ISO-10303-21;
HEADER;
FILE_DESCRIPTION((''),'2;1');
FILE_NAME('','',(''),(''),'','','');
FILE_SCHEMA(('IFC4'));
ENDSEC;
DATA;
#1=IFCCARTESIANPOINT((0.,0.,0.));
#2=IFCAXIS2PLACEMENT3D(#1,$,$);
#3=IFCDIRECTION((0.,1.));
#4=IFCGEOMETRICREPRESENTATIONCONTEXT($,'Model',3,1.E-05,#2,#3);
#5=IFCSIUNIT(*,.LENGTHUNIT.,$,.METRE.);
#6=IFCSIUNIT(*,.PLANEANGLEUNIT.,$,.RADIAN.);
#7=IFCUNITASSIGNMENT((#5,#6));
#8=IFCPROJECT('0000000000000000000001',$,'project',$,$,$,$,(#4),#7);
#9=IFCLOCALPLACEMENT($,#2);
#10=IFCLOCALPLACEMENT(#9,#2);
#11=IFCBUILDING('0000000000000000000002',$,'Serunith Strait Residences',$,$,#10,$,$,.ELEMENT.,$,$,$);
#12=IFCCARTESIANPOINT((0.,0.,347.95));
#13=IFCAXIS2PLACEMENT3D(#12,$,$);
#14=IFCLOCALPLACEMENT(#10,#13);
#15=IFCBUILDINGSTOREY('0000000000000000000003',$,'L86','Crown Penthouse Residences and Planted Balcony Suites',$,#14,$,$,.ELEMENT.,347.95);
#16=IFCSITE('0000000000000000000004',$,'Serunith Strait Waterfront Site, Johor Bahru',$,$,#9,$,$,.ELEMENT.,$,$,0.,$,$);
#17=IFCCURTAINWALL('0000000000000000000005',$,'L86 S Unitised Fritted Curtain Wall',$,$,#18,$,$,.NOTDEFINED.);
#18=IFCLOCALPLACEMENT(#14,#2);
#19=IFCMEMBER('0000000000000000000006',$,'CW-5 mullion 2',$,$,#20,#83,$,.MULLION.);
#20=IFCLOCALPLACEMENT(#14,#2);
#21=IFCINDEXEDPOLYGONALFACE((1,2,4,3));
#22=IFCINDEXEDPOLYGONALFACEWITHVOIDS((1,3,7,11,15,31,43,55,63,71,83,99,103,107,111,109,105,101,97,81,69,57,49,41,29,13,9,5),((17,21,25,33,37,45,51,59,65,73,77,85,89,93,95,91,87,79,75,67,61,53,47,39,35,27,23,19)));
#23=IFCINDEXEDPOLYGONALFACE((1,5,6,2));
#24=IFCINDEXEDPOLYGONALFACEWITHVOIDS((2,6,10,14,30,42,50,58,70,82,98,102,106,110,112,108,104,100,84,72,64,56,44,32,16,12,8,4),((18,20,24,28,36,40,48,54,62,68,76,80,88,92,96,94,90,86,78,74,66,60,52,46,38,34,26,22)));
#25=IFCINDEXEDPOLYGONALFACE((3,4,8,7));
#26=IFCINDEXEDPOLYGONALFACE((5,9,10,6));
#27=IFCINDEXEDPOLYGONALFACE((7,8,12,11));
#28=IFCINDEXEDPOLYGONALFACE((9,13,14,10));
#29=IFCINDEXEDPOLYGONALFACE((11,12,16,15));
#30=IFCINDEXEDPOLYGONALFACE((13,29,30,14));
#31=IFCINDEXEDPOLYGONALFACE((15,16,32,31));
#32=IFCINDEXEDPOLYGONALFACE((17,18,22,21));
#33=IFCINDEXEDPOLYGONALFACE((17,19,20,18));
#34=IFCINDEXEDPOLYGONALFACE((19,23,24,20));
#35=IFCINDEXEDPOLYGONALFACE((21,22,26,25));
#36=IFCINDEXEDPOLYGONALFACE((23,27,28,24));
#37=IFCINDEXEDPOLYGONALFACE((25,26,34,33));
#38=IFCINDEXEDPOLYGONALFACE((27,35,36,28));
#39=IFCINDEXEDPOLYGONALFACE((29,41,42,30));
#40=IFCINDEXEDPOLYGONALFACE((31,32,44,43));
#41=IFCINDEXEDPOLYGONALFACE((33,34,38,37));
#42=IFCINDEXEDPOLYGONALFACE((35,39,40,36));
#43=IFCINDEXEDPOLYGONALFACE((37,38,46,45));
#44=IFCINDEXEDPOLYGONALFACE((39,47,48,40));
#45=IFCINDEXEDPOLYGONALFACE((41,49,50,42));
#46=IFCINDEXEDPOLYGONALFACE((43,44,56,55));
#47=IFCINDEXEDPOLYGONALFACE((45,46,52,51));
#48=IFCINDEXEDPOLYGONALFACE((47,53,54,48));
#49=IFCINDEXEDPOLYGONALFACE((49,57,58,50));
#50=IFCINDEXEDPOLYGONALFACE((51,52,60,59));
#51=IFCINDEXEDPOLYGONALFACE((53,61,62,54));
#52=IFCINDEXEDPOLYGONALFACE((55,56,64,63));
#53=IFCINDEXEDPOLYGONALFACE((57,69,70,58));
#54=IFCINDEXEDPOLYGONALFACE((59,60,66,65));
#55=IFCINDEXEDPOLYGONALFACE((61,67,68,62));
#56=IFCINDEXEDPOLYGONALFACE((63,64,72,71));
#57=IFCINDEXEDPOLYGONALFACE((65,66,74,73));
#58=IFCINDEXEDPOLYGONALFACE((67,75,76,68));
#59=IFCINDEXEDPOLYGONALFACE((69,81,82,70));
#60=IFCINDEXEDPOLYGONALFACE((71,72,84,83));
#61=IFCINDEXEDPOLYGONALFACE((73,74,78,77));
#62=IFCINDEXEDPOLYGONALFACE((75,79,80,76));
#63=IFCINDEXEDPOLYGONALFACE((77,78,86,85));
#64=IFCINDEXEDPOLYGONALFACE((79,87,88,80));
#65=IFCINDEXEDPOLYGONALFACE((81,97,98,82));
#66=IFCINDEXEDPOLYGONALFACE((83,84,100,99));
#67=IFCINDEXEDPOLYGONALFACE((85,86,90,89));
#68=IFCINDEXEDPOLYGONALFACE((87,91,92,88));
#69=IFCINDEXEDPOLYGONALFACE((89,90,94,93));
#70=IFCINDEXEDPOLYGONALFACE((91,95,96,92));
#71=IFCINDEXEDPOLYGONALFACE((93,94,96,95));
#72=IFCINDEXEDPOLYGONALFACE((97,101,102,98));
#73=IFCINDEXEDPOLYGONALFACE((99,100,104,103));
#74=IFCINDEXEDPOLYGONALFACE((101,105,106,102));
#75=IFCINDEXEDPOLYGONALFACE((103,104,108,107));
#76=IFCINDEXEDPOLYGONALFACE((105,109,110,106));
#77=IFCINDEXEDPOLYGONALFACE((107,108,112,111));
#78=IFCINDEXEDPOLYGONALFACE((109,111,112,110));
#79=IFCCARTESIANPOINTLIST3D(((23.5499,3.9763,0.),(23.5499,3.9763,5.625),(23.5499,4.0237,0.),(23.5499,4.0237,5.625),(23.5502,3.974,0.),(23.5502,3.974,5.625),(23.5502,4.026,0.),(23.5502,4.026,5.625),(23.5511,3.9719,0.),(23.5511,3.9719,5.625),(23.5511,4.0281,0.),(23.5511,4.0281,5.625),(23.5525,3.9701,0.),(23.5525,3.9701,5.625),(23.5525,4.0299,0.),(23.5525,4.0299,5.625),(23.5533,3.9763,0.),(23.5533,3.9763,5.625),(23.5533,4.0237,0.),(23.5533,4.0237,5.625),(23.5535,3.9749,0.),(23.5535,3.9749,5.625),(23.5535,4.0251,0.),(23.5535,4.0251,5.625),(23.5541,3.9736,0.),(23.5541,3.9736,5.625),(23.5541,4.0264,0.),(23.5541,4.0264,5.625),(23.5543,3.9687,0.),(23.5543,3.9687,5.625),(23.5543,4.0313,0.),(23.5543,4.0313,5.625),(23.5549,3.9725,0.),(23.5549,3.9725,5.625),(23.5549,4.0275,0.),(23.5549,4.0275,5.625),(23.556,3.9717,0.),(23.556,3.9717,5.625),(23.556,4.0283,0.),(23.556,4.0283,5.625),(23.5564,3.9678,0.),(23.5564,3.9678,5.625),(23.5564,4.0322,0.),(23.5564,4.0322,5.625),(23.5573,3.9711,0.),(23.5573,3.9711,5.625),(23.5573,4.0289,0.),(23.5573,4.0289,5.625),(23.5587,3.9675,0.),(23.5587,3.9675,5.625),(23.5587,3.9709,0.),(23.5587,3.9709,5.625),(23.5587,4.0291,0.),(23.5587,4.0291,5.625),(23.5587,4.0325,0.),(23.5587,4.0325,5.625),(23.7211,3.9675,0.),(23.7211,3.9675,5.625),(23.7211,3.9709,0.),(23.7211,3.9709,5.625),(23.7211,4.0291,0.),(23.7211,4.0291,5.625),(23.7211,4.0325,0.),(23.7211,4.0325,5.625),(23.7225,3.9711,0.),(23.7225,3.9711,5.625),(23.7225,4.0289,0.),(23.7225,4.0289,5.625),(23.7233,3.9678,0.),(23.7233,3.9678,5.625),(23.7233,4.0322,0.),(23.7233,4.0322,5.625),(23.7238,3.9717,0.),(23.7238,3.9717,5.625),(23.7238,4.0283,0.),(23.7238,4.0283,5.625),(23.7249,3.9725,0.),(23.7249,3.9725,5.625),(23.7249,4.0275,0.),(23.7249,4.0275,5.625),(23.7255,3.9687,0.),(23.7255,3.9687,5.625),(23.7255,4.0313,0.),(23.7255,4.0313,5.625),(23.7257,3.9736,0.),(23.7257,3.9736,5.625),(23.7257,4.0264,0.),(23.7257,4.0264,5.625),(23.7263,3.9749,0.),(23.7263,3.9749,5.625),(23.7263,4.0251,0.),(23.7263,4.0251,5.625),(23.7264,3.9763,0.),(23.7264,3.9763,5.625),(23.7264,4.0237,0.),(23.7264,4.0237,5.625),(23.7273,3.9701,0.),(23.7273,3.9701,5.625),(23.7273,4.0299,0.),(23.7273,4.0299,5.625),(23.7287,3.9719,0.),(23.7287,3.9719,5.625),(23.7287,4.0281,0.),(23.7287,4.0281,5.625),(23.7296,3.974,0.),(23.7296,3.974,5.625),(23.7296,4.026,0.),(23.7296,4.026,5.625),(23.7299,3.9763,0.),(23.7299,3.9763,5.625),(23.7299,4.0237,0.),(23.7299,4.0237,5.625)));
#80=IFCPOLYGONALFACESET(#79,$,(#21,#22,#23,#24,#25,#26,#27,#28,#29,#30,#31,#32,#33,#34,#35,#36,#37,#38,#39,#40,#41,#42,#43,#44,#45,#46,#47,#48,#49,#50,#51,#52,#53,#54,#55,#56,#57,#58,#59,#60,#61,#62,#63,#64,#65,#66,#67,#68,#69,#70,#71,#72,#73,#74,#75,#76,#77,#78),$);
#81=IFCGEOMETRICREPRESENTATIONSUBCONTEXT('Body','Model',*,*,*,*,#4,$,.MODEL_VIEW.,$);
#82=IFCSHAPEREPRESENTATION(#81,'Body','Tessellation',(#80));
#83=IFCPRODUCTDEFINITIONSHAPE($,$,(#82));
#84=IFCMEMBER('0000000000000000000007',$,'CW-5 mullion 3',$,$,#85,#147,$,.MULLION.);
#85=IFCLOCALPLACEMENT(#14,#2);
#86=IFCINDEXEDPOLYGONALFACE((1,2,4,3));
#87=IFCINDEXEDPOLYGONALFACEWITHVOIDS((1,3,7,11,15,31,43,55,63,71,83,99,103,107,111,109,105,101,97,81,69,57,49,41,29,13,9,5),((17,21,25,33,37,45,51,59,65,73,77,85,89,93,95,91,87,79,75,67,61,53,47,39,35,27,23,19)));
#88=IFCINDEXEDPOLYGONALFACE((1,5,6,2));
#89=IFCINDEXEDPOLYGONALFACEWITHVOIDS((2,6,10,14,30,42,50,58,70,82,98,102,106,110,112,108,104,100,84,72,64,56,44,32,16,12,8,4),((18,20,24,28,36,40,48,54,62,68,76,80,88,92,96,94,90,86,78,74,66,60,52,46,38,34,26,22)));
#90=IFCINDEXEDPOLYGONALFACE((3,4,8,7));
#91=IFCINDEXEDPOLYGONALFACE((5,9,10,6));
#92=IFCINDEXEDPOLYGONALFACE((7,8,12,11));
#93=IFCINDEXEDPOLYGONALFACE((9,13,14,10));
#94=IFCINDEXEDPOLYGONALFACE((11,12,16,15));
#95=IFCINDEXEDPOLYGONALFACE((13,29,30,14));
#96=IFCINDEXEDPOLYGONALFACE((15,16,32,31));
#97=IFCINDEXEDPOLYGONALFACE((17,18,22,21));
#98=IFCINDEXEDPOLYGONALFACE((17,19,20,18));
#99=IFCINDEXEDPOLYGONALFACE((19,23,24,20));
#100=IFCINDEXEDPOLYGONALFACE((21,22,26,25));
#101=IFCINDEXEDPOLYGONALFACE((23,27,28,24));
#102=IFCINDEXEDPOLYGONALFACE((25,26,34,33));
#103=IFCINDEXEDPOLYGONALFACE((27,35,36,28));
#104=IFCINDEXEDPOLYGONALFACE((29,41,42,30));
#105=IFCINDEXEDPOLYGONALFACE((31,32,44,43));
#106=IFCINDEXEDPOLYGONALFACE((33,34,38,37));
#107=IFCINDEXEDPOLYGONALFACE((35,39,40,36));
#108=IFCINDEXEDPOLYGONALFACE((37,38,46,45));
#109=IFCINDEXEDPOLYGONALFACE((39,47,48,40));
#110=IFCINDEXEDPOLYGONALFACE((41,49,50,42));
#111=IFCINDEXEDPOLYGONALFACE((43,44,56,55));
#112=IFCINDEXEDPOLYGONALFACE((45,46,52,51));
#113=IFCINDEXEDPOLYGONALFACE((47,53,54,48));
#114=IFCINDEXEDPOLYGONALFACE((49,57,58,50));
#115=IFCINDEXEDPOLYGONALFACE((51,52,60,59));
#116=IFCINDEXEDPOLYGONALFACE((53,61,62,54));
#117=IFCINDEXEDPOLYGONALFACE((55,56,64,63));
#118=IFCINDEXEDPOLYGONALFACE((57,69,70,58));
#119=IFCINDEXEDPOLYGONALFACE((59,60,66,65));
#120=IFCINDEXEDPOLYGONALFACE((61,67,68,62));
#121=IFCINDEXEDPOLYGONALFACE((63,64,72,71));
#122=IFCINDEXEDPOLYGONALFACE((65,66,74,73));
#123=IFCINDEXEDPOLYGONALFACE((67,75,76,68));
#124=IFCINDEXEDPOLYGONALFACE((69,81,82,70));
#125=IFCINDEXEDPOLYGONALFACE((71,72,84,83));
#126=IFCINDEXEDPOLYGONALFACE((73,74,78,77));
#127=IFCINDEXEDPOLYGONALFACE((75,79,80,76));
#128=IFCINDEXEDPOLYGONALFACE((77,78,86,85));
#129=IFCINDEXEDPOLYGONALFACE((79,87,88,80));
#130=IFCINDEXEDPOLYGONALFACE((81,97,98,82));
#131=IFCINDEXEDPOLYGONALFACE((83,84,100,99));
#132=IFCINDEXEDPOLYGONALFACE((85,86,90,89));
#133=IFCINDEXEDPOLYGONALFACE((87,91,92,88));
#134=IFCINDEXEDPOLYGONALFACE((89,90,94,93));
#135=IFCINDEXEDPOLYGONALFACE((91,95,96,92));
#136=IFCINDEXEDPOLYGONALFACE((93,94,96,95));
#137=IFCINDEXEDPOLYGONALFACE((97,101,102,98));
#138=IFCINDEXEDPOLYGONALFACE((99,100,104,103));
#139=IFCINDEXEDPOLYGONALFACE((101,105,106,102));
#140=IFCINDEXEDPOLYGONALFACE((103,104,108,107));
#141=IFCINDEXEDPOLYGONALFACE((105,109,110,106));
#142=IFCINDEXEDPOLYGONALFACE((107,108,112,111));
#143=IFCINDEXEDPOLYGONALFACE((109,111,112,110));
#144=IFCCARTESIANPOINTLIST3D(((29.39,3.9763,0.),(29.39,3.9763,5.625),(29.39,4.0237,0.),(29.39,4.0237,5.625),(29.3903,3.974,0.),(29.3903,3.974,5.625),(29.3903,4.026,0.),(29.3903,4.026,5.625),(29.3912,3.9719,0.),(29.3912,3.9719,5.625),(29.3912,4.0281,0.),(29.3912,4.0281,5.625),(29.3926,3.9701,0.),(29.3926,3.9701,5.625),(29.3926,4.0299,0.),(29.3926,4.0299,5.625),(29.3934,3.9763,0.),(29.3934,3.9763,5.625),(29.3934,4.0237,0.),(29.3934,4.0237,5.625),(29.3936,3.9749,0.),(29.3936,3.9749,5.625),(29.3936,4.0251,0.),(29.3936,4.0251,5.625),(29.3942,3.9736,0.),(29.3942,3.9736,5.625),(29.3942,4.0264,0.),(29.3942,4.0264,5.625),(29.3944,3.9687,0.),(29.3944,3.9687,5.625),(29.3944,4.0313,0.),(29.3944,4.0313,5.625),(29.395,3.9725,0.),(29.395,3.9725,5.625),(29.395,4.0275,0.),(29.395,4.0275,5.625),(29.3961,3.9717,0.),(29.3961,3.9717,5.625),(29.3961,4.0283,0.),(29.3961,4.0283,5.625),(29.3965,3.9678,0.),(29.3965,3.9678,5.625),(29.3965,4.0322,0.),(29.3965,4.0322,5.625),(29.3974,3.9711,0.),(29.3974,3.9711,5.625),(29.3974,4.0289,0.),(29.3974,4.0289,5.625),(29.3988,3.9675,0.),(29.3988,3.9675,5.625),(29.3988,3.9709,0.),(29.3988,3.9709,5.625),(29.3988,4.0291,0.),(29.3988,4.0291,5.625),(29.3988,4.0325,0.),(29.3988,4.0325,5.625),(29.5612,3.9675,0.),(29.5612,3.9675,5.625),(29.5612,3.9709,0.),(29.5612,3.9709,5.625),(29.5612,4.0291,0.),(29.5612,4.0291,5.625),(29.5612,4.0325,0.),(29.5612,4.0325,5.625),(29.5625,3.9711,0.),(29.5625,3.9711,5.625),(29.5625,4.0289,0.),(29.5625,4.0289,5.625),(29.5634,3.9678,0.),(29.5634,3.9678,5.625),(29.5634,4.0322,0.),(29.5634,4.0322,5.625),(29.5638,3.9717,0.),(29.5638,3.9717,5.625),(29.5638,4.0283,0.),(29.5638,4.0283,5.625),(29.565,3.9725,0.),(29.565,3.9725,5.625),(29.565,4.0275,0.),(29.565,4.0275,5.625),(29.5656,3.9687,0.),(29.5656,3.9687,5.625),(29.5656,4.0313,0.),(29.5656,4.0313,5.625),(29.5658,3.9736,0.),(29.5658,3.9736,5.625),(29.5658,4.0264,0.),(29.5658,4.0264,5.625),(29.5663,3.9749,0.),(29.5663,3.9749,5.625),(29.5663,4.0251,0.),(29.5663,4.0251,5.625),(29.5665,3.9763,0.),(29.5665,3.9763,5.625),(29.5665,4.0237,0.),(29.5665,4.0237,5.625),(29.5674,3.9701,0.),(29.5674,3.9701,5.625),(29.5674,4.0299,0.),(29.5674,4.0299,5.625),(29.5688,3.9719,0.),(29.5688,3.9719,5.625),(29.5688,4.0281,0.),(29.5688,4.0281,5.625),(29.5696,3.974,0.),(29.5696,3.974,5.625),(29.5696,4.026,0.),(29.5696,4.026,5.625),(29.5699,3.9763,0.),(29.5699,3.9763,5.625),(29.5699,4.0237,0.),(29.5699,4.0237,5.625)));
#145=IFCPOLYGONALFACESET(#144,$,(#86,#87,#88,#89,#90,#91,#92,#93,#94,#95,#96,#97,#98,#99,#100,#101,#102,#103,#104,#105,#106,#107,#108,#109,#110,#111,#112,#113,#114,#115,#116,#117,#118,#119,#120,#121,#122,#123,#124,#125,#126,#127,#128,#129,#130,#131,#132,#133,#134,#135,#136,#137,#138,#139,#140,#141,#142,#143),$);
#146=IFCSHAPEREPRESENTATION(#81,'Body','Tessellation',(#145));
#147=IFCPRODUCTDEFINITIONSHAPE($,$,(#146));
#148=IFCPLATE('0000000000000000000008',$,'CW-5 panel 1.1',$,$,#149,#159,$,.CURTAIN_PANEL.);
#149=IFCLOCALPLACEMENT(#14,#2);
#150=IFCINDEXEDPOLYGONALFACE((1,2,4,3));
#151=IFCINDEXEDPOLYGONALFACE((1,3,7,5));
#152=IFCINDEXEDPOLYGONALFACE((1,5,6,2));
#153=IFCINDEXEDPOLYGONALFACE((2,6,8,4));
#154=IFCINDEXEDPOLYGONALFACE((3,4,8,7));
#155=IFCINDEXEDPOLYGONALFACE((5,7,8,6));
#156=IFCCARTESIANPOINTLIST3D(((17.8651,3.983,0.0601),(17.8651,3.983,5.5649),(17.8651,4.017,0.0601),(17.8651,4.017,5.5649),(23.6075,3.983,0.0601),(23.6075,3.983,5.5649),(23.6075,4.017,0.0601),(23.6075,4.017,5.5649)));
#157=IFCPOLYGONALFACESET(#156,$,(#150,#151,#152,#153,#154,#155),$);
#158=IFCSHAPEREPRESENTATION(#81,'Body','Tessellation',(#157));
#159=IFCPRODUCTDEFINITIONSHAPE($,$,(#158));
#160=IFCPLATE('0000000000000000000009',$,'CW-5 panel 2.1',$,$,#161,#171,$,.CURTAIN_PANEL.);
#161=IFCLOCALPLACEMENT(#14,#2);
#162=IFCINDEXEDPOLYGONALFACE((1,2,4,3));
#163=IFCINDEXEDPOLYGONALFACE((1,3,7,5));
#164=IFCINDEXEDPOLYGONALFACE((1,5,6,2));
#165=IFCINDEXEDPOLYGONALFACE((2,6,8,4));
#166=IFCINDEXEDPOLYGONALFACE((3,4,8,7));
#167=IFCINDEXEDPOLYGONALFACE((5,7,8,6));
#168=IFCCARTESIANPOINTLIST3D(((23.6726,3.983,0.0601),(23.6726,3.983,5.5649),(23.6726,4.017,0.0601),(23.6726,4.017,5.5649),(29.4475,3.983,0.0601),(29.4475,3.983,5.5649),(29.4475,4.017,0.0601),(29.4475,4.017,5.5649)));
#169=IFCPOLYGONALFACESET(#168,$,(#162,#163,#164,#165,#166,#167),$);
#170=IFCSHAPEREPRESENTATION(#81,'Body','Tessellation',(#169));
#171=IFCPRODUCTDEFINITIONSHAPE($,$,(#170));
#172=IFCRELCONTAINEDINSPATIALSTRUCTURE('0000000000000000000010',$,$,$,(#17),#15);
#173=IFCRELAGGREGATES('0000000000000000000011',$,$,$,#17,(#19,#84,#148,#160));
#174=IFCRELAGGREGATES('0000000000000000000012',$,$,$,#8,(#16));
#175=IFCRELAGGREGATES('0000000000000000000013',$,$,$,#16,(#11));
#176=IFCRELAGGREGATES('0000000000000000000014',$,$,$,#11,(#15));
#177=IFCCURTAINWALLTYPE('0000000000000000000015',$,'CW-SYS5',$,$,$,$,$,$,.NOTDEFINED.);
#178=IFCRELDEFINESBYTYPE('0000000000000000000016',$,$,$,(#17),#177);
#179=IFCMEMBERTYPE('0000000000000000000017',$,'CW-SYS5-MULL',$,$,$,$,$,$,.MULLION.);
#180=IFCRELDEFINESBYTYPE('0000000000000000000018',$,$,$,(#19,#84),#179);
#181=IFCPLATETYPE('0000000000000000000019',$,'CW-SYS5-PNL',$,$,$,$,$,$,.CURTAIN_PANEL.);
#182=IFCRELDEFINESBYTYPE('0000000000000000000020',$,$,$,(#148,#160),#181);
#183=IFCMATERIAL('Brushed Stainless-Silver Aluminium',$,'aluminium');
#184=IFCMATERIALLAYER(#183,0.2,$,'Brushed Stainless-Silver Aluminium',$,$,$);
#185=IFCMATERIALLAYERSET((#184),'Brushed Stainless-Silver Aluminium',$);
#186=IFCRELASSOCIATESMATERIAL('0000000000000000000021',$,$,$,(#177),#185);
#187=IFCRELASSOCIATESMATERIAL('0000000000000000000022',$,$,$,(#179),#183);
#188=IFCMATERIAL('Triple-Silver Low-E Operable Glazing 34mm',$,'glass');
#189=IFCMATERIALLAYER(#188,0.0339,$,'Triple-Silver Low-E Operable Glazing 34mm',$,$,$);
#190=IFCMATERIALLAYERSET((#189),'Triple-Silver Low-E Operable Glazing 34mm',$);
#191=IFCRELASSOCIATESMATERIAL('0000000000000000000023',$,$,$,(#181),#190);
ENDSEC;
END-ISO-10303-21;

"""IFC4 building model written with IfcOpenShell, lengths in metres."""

from ifc_helpers import new_model, si_unit, direction, frame, origin, origin_2d, place, context, subcontext, project, spatial, rectangle, hollow_rectangle, extrude, source, transform, mapped, material, layer, layer_set, material_profile, profile_set, type_object, element, aggregate, save


model = new_model("IFC4")

# Units and contexts
model_context = context("Model", 3, precision=1e-05, world=origin(), true_north=direction((0.0, 1.0)))
body_context = subcontext(model_context, "Body", "Model", "MODEL_VIEW")
ifc_project = project(units=[si_unit("LENGTHUNIT", "METRE"), si_unit("PLANEANGLEUNIT", "RADIAN")], contexts=[model_context])

# Site, building, storey
site_placement = place(None, origin())
site = spatial("IfcSite", under=ifc_project, at=site_placement, Name="Serunith Strait Waterfront Site, Johor Bahru", CompositionType="ELEMENT", RefElevation=0.0)
building_placement = place(site_placement, origin())
building = spatial("IfcBuilding", under=site, at=building_placement, Name="Serunith Strait Residences", CompositionType="ELEMENT")
storey_placement = place(building_placement, frame((0.0, 0.0, 347.95)))
storey = spatial("IfcBuildingStorey", under=building, at=storey_placement, Name="L86", Description="Crown Penthouse Residences and Planted Balcony Suites", CompositionType="ELEMENT", Elevation=347.95)

# Curtain wall, members, plates
ifc_material_1 = material(Name="Brushed Stainless-Silver Aluminium", Category="aluminium")
ifc_layer_1 = layer(ifc_material_1, 0.2, Name="Brushed Stainless-Silver Aluminium")
ifc_layer_set_1 = layer_set([ifc_layer_1], Name="Brushed Stainless-Silver Aluminium")
curtain_wall_type = type_object("IfcCurtainWallType", Name="CW-SYS5", PredefinedType="NOTDEFINED", material=ifc_layer_set_1)
curtain_wall_placement = place(storey_placement, origin())
curtain_wall = element("IfcCurtainWall", 1, at=curtain_wall_placement, inside=storey, type_object=curtain_wall_type, Name="L86 S Unitised Fritted Curtain Wall", PredefinedType="NOTDEFINED")
ifc_material_profile_1 = material_profile(ifc_material_1, hollow_rectangle(XDim=0.0649, YDim=0.1799, WallThickness=0.0034, InnerFilletRadius=0.0054, OuterFilletRadius=0.0088, at=origin_2d()), Name="ALU 180x65x3.5")
ifc_profile_set_1 = profile_set([ifc_material_profile_1], Name="Brushed Stainless-Silver Aluminium")
member_type_1 = type_object("IfcMemberType", Name="CW-SYS5-MULL", PredefinedType="MULLION", material=ifc_profile_set_1)
shared_shape_1 = source(origin(), body_context, "Body", "SweptSolid", [
    extrude(hollow_rectangle(XDim=0.0649, YDim=0.1799, WallThickness=0.0034, InnerFilletRadius=0.0054, OuterFilletRadius=0.0088, at=origin_2d()), origin(), (0.0, 0.0, 1.0), 5.625),
])
member_1_placement = place(storey_placement, frame((23.6399, 4.0, 0.0), z_axis=(0.0, 0.0, 1.0), x_axis=(0.0, 1.0, 0.0)))
member_1 = element("IfcMember", 2, at=member_1_placement, type_object=member_type_1, Name="CW-5 mullion 2", PredefinedType="MULLION", context=body_context, shape_type="MappedRepresentation", body=[
    mapped(shared_shape_1, transform((0.0, 0.0, 0.0), scale=1.0)),
])
member_2_placement = place(storey_placement, frame((29.48, 4.0, 0.0), z_axis=(0.0, 0.0, 1.0), x_axis=(0.0, 1.0, 0.0)))
member_2 = element("IfcMember", 3, at=member_2_placement, type_object=member_type_1, Name="CW-5 mullion 3", PredefinedType="MULLION", context=body_context, shape_type="MappedRepresentation", body=[
    mapped(shared_shape_1, transform((0.0, 0.0, 0.0), scale=1.0)),
])
ifc_material_2 = material(Name="Triple-Silver Low-E Operable Glazing 34mm", Category="glass")
ifc_layer_2 = layer(ifc_material_2, 0.0339, Name="Triple-Silver Low-E Operable Glazing 34mm")
ifc_layer_set_2 = layer_set([ifc_layer_2], Name="Triple-Silver Low-E Operable Glazing 34mm")
plate_type = type_object("IfcPlateType", Name="CW-SYS5-PNL", PredefinedType="CURTAIN_PANEL", material=ifc_layer_set_2)
shared_shape_2 = source(origin(), body_context, "Body", "SweptSolid", [
    extrude(rectangle(XDim=5.7424, YDim=0.0339, at=origin_2d()), origin(), (0.0, 0.0, 1.0), 5.5049),
])
plate_1_placement = place(storey_placement, frame((20.7363, 4.0, 0.0601), z_axis=(0.0, 0.0, 1.0), x_axis=(1.0, 0.0, 0.0)))
plate_1 = element("IfcPlate", 4, at=plate_1_placement, type_object=plate_type, Name="CW-5 panel 1.1", PredefinedType="CURTAIN_PANEL", context=body_context, shape_type="MappedRepresentation", body=[
    mapped(shared_shape_2, transform((0.0, 0.0, 0.0), scale=1.0)),
])
shared_shape_3 = source(origin(), body_context, "Body", "SweptSolid", [
    extrude(rectangle(XDim=5.7749, YDim=0.0339, at=origin_2d()), origin(), (0.0, 0.0, 1.0), 5.5049),
])
plate_2_placement = place(storey_placement, frame((26.5601, 4.0, 0.0601), z_axis=(0.0, 0.0, 1.0), x_axis=(1.0, 0.0, 0.0)))
plate_2 = element("IfcPlate", 5, at=plate_2_placement, type_object=plate_type, Name="CW-5 panel 2.1", PredefinedType="CURTAIN_PANEL", context=body_context, shape_type="MappedRepresentation", body=[
    mapped(shared_shape_3, transform((0.0, 0.0, 0.0), scale=1.0)),
])
aggregate(curtain_wall, [member_1, member_2, plate_1, plate_2])

save(model, "model.ifc")
